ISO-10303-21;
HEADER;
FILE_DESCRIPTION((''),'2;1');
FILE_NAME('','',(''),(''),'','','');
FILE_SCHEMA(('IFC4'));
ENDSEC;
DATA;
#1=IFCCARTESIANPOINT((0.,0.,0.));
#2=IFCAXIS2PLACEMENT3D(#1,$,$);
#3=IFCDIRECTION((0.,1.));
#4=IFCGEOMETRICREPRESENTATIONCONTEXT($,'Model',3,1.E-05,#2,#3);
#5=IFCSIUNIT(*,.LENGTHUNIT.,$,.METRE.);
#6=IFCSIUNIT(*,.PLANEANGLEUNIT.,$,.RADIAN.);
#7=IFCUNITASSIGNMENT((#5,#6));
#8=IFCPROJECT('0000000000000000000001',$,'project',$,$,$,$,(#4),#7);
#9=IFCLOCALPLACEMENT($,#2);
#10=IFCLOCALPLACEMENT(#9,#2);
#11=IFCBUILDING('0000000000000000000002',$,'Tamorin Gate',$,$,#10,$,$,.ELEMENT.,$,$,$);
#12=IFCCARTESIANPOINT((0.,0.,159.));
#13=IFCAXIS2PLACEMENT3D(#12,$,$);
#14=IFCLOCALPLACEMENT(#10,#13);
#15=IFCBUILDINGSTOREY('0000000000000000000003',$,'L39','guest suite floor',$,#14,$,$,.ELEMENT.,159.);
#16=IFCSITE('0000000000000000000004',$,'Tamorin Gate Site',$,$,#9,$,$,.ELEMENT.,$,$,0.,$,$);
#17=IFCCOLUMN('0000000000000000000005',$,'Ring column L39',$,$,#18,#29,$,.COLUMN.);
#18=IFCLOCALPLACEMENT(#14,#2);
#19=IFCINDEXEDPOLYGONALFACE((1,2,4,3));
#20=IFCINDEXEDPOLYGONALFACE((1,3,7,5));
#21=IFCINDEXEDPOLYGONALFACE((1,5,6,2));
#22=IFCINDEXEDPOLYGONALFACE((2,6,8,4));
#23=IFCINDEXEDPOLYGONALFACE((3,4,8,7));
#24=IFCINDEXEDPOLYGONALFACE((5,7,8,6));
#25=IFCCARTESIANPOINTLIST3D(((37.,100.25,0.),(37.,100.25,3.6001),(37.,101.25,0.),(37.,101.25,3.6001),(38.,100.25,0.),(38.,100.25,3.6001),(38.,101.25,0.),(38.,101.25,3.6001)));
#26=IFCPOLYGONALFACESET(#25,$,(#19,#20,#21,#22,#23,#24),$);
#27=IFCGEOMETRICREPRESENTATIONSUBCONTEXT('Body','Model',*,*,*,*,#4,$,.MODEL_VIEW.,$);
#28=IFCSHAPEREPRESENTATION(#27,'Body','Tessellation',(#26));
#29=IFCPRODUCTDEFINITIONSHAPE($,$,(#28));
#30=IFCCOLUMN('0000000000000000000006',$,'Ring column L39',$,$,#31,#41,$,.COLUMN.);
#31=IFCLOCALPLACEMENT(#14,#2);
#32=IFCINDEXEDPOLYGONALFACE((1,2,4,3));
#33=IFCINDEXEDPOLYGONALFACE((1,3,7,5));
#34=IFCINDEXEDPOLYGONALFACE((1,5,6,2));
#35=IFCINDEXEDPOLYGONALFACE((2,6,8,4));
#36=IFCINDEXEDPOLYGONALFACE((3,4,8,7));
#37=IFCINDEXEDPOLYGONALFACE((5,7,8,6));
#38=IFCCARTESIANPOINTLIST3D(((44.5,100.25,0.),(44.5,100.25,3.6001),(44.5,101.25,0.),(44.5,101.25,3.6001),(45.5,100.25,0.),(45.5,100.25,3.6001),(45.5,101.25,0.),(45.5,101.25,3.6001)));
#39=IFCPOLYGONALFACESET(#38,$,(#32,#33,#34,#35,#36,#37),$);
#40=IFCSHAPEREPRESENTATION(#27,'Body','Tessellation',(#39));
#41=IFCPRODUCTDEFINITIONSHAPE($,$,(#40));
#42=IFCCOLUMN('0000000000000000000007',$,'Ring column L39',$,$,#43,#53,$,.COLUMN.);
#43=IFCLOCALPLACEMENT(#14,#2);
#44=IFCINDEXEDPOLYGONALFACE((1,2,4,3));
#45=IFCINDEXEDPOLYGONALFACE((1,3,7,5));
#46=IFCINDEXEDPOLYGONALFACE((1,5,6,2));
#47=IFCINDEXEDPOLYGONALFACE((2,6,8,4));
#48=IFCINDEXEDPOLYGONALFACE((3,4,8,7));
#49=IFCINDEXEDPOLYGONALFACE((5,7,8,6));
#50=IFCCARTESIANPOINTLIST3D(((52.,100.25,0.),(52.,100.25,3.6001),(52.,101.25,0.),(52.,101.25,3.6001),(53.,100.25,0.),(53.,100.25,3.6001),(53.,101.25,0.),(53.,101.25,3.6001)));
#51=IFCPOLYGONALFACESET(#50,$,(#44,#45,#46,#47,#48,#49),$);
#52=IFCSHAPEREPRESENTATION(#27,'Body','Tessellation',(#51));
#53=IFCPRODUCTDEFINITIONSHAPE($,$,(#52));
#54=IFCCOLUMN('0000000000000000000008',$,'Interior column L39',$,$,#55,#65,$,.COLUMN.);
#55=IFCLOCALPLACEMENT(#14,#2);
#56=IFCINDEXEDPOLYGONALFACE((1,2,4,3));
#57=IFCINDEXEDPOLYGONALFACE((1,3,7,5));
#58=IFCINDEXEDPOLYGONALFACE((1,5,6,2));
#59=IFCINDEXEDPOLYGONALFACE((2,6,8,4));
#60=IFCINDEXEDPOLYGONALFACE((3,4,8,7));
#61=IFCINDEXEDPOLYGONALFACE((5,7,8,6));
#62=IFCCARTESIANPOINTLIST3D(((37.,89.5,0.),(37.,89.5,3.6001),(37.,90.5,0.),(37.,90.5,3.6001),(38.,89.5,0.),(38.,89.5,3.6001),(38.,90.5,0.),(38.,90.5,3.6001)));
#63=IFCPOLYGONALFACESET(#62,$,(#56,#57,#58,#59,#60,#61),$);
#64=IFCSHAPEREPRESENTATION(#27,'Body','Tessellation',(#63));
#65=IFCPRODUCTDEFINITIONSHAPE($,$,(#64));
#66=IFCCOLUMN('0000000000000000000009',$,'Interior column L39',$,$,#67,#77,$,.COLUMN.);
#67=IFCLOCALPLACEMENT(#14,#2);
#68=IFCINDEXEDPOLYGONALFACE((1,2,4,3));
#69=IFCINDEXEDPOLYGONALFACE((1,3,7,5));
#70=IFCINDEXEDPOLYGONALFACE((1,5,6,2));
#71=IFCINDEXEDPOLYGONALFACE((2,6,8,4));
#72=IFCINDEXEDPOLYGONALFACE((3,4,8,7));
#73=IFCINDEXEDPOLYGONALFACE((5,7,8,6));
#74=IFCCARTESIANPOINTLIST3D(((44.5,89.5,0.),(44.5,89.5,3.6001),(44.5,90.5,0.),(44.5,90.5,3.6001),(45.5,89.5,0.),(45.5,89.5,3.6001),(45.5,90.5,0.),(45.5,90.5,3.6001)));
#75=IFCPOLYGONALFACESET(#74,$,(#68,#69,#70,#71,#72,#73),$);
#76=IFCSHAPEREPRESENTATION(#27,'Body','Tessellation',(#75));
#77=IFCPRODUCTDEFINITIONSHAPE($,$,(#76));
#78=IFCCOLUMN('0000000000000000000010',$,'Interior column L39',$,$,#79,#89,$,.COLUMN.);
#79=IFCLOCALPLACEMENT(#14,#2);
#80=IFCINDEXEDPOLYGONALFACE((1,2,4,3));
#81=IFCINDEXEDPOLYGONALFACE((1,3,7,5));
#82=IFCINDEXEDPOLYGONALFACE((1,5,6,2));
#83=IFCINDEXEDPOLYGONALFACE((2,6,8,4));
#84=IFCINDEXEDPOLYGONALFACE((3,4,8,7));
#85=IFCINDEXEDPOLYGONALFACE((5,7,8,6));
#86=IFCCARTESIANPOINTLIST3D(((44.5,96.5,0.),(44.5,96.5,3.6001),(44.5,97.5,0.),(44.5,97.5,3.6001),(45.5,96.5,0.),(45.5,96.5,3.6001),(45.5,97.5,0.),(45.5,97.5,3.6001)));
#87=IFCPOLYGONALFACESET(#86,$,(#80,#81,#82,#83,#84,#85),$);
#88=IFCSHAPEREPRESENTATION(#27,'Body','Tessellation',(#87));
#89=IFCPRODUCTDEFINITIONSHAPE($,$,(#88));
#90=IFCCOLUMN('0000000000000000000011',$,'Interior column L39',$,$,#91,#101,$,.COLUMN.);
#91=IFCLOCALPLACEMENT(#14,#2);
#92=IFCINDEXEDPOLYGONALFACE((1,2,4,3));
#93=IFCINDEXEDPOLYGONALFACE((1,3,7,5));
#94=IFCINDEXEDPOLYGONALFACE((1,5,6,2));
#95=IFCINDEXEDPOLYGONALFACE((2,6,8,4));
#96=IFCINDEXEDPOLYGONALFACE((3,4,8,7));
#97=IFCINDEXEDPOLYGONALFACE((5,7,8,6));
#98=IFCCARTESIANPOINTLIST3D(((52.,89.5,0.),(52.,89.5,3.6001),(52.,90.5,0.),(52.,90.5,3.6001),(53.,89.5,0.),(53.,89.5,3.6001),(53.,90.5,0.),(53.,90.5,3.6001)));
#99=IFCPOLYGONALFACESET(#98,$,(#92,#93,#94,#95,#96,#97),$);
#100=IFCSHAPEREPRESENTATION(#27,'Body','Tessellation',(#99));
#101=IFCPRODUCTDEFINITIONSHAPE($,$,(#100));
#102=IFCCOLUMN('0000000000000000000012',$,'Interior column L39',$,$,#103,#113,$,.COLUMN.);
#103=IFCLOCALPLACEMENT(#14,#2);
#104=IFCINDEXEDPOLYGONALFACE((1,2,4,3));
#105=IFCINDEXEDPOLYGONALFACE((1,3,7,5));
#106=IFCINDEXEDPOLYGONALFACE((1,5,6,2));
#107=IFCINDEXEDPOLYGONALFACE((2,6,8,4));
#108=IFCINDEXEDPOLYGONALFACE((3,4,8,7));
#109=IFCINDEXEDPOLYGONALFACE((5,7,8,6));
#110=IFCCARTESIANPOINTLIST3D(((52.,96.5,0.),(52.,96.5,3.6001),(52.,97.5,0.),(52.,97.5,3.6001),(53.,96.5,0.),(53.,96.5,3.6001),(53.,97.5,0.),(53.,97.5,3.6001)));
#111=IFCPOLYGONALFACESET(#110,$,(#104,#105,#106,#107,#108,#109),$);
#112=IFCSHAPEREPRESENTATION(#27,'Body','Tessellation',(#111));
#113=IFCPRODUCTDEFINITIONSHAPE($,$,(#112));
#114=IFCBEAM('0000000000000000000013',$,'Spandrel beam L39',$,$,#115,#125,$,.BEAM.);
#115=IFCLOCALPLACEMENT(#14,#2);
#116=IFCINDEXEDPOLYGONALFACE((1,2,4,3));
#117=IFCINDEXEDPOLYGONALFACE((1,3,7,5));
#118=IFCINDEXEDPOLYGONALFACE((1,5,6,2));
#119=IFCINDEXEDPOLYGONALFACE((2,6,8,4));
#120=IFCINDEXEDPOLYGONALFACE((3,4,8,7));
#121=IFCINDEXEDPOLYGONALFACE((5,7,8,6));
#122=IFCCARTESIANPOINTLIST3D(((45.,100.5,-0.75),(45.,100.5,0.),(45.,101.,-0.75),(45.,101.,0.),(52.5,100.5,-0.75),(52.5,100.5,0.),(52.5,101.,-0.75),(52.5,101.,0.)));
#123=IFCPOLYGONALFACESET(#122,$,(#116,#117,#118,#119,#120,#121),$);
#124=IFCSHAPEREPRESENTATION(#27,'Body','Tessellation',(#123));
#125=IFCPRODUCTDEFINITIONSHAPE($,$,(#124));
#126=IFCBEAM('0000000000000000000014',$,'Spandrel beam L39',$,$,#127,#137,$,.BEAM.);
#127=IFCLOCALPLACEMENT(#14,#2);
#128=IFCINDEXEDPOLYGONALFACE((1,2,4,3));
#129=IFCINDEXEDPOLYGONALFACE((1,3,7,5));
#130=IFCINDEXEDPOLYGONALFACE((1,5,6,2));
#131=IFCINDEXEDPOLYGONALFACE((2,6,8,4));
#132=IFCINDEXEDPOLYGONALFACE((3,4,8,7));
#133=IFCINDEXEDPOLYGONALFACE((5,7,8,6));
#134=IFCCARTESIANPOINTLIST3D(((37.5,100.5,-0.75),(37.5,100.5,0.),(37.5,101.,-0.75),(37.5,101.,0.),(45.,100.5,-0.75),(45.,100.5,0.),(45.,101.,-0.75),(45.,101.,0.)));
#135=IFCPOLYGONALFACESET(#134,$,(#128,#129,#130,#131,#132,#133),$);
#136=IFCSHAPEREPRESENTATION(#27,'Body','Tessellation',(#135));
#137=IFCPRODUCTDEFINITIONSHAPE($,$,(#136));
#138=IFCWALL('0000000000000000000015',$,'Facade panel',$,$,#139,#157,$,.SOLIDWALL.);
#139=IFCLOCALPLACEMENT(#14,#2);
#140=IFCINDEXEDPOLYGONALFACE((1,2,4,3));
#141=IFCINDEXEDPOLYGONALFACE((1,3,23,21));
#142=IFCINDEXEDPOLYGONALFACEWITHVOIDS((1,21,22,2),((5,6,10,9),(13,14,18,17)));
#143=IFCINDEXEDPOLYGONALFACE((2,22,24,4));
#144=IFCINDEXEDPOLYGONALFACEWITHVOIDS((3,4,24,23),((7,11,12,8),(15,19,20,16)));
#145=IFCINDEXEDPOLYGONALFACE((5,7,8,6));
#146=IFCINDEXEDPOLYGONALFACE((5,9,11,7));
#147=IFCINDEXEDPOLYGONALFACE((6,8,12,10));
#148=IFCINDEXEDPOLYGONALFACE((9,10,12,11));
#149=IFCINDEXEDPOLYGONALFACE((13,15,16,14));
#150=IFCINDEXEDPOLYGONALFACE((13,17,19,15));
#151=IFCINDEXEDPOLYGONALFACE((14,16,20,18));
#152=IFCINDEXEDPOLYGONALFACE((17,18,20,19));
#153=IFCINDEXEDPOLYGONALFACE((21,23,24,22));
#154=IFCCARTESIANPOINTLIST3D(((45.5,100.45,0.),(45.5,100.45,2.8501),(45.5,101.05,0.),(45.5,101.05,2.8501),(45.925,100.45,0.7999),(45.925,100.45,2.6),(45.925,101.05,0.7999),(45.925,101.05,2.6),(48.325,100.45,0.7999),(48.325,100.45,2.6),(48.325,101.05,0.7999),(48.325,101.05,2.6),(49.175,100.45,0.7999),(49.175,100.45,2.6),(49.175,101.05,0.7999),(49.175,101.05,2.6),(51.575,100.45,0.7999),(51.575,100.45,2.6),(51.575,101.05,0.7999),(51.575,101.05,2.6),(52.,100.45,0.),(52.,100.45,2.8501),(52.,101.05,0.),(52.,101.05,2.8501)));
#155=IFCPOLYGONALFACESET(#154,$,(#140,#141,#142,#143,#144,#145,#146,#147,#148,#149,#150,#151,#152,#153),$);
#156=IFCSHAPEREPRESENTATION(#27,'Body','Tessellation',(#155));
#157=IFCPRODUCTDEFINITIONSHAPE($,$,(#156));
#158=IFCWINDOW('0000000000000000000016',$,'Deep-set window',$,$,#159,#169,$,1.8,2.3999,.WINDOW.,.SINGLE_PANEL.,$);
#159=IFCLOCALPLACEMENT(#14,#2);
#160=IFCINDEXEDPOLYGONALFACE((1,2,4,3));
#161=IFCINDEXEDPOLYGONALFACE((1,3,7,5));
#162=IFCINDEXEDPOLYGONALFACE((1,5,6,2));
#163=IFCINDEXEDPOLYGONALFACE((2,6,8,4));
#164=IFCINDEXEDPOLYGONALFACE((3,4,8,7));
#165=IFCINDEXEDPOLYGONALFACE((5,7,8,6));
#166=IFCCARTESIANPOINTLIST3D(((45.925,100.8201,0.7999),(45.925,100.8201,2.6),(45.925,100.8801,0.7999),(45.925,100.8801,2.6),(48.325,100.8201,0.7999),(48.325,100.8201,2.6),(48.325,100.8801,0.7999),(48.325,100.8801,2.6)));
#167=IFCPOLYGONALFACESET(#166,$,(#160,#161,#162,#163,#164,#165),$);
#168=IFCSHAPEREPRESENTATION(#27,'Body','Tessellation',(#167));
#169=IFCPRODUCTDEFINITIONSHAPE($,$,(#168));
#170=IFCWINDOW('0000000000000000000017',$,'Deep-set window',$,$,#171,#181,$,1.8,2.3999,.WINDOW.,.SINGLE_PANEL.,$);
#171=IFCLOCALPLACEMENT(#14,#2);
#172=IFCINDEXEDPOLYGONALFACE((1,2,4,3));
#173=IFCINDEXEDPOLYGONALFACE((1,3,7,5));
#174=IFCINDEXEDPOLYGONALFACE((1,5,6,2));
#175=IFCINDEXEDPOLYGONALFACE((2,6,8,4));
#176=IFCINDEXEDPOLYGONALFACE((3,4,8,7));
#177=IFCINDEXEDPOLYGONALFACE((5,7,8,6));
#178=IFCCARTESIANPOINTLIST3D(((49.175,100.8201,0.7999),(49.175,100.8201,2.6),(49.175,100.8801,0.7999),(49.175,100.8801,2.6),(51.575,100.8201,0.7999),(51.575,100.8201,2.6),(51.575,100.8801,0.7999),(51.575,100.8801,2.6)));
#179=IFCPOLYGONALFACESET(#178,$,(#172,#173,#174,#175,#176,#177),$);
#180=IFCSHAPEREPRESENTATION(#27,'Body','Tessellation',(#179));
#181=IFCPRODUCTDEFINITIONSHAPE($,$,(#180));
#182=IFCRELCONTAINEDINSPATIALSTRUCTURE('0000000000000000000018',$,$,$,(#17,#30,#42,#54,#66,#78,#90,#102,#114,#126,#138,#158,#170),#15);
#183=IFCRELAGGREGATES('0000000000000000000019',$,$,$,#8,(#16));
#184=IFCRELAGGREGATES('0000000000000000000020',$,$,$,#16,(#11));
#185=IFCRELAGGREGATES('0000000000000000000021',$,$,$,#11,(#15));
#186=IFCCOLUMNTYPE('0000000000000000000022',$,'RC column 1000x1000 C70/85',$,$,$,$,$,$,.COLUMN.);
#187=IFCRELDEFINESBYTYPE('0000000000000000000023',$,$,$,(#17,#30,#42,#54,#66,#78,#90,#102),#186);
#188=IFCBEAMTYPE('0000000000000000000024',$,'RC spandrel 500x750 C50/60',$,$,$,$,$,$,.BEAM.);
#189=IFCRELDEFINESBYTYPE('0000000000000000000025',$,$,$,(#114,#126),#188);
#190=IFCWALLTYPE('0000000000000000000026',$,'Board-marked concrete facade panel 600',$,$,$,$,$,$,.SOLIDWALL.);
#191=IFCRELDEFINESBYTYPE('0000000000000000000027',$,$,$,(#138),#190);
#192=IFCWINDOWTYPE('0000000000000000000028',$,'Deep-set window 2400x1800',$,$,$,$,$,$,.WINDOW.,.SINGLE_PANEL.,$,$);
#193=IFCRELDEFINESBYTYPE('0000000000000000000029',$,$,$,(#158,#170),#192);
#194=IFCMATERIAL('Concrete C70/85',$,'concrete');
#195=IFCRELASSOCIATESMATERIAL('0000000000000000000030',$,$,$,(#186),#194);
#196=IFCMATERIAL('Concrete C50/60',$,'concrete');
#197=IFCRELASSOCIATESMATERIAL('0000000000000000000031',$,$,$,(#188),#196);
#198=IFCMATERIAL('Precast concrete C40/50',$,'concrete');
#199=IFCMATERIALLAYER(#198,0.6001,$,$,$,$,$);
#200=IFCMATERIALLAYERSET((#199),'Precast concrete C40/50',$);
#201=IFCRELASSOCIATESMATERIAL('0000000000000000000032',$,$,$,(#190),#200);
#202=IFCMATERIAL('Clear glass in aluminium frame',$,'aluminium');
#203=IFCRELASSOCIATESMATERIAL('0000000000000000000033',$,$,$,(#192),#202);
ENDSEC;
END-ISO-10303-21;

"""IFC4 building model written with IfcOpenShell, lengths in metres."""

from ifc_helpers import new_model, si_unit, direction, frame, frame_2d, origin, origin_2d, place, context, subcontext, project, spatial, rectangle, extrude, material, layer, layer_set, material_profile, profile_set, type_object, element, fill, save


model = new_model("IFC4")

# Units and contexts
model_context = context("Model", 3, precision=1e-05, world=origin(), true_north=direction((0.0, 1.0)))
body_context = subcontext(model_context, "Body", "Model", "MODEL_VIEW")
ifc_project = project(units=[si_unit("LENGTHUNIT", "METRE"), si_unit("PLANEANGLEUNIT", "RADIAN")], contexts=[model_context])

# Site, building, storey
site_placement = place(None, origin())
site = spatial("IfcSite", under=ifc_project, at=site_placement, Name="Tamorin Gate Site", CompositionType="ELEMENT", RefElevation=0.0)
building_placement = place(site_placement, origin())
building = spatial("IfcBuilding", under=site, at=building_placement, Name="Tamorin Gate", CompositionType="ELEMENT")
storey_placement = place(building_placement, frame((0.0, 0.0, 159.0)))
storey = spatial("IfcBuildingStorey", under=building, at=storey_placement, Name="L39", Description="guest suite floor", CompositionType="ELEMENT", Elevation=159.0)

# Columns
ifc_material_1 = material(Name="Concrete C70/85", Category="concrete")
ifc_material_profile_1 = material_profile(ifc_material_1, rectangle(XDim=1.0, YDim=1.0, at=origin_2d()), Name="RC 1000x1000")
ifc_profile_set_1 = profile_set([ifc_material_profile_1], Name="Concrete C70/85")
column_type = type_object("IfcColumnType", Name="RC column 1000x1000 C70/85", PredefinedType="COLUMN", material=ifc_profile_set_1)
for number, where, z_axis, x_axis, name in (
    (1, (37.5, 100.75, 0.0), (0.0, 0.0, 1.0), (1.0, 0.0, 0.0), "Ring column L39"),
    (2, (45.0, 100.75, 0.0), (0.0, 0.0, 1.0), (1.0, 0.0, 0.0), "Ring column L39"),
    (3, (52.5, 100.75, 0.0), (0.0, 0.0, 1.0), (1.0, 0.0, 0.0), "Ring column L39"),
    (4, (37.5, 90.0, 0.0), (0.0, 0.0, 1.0), (1.0, 0.0, 0.0), "Interior column L39"),
    (5, (45.0, 90.0, 0.0), (0.0, 0.0, 1.0), (1.0, 0.0, 0.0), "Interior column L39"),
    (6, (45.0, 97.0, 0.0), (0.0, 0.0, 1.0), (1.0, 0.0, 0.0), "Interior column L39"),
    (7, (52.5, 90.0, 0.0), (0.0, 0.0, 1.0), (1.0, 0.0, 0.0), "Interior column L39"),
    (8, (52.5, 97.0, 0.0), (0.0, 0.0, 1.0), (1.0, 0.0, 0.0), "Interior column L39"),
):
    element("IfcColumn", number, at=place(storey_placement, frame(where, z_axis=z_axis, x_axis=x_axis)), inside=storey, type_object=column_type, Name=name, PredefinedType="COLUMN", context=body_context, shape_type="SweptSolid", body=[
        extrude(rectangle(XDim=1.0, YDim=1.0, at=origin_2d()), origin(), (0.0, 0.0, 1.0), 3.6001),
    ])

# Beams
ifc_material_2 = material(Name="Concrete C50/60", Category="concrete")
ifc_material_profile_2 = material_profile(ifc_material_2, rectangle(XDim=0.5, YDim=0.75, at=origin_2d()), Name="RC 500x750")
ifc_profile_set_2 = profile_set([ifc_material_profile_2], Name="Concrete C50/60")
beam_type = type_object("IfcBeamType", Name="RC spandrel 500x750 C50/60", PredefinedType="BEAM", material=ifc_profile_set_2)
for number, where, z_axis, x_axis, name in (
    (9, (52.5, 100.75, -0.375), (-1.0, 0.0, 0.0), (0.0, -1.0, 0.0), "Spandrel beam L39"),
    (10, (45.0, 100.75, -0.375), (-1.0, 0.0, 0.0), (0.0, -1.0, 0.0), "Spandrel beam L39"),
):
    element("IfcBeam", number, at=place(storey_placement, frame(where, z_axis=z_axis, x_axis=x_axis)), inside=storey, type_object=beam_type, Name=name, PredefinedType="BEAM", context=body_context, shape_type="SweptSolid", body=[
        extrude(rectangle(XDim=0.5, YDim=0.75, at=origin_2d()), origin(), (0.0, 0.0, 1.0), 7.5),
    ])

# Wall, openings, windows
ifc_material_3 = material(Name="Precast concrete C40/50", Category="concrete")
ifc_layer_1 = layer(ifc_material_3, 0.6001)
ifc_layer_set_1 = layer_set([ifc_layer_1], Name="Precast concrete C40/50")
wall_type_1 = type_object("IfcWallType", Name="Board-marked concrete facade panel 600", PredefinedType="SOLIDWALL", material=ifc_layer_set_1)
wall_1_placement = place(storey_placement, frame((52.0, 100.75, 0.0), z_axis=(0.0, 0.0, 1.0), x_axis=(-1.0, 0.0, 0.0)))
wall_1 = element("IfcWall", 11, at=wall_1_placement, inside=storey, type_object=wall_type_1, Name="Facade panel", PredefinedType="SOLIDWALL", context=body_context, shape_type="SweptSolid", body=[
    extrude(rectangle(XDim=6.5, YDim=0.6001, at=frame_2d((3.25, 0.0))), origin(), (0.0, 0.0, 1.0), 2.8501),
])
opening_1_placement = place(wall_1_placement, frame((3.675, 0.0, 0.8)))
opening_1 = element("IfcOpeningElement", 12, at=opening_1_placement, cuts=wall_1, PredefinedType="OPENING", context=body_context, shape_type="SweptSolid", body=[
    extrude(rectangle(XDim=2.3999, YDim=1.8, at=frame_2d((1.2, 0.8999))), frame((0.0, 0.3101, 0.0), z_axis=(0.0, -1.0, 0.0), x_axis=(1.0, 0.0, 0.0)), (0.0, 0.0, 1.0), 0.6201),
])
opening_2_placement = place(wall_1_placement, frame((0.425, 0.0, 0.8)))
opening_2 = element("IfcOpeningElement", 13, at=opening_2_placement, cuts=wall_1, PredefinedType="OPENING", context=body_context, shape_type="SweptSolid", body=[
    extrude(rectangle(XDim=2.3999, YDim=1.8, at=frame_2d((1.2, 0.8999))), frame((0.0, 0.3101, 0.0), z_axis=(0.0, -1.0, 0.0), x_axis=(1.0, 0.0, 0.0)), (0.0, 0.0, 1.0), 0.6201),
])
ifc_material_4 = material(Name="Clear glass in aluminium frame", Category="aluminium")
window_type = type_object("IfcWindowType", Name="Deep-set window 2400x1800", PartitioningType="SINGLE_PANEL", PredefinedType="WINDOW", material=ifc_material_4)
window_1_placement = place(opening_1_placement, origin())
window_1 = element("IfcWindow", 14, at=window_1_placement, inside=storey, type_object=window_type, Name="Deep-set window", OverallHeight=1.8, OverallWidth=2.3999, PartitioningType="SINGLE_PANEL", PredefinedType="WINDOW", context=body_context, shape_type="SweptSolid", body=[
    extrude(rectangle(XDim=2.3999, YDim=1.8, at=frame_2d((1.2, 0.8999))), frame((0.0, -0.0701, 0.0), z_axis=(0.0, -1.0, 0.0), x_axis=(1.0, 0.0, 0.0)), (0.0, 0.0, 1.0), 0.0601),
])
fill(opening_1, window_1)
window_2_placement = place(opening_2_placement, origin())
window_2 = element("IfcWindow", 15, at=window_2_placement, inside=storey, type_object=window_type, Name="Deep-set window", OverallHeight=1.8, OverallWidth=2.3999, PartitioningType="SINGLE_PANEL", PredefinedType="WINDOW", context=body_context, shape_type="SweptSolid", body=[
    extrude(rectangle(XDim=2.3999, YDim=1.8, at=frame_2d((1.2, 0.8999))), frame((0.0, -0.0701, 0.0), z_axis=(0.0, -1.0, 0.0), x_axis=(1.0, 0.0, 0.0)), (0.0, 0.0, 1.0), 0.0601),
])
fill(opening_2, window_2)

save(model, "model.ifc")
